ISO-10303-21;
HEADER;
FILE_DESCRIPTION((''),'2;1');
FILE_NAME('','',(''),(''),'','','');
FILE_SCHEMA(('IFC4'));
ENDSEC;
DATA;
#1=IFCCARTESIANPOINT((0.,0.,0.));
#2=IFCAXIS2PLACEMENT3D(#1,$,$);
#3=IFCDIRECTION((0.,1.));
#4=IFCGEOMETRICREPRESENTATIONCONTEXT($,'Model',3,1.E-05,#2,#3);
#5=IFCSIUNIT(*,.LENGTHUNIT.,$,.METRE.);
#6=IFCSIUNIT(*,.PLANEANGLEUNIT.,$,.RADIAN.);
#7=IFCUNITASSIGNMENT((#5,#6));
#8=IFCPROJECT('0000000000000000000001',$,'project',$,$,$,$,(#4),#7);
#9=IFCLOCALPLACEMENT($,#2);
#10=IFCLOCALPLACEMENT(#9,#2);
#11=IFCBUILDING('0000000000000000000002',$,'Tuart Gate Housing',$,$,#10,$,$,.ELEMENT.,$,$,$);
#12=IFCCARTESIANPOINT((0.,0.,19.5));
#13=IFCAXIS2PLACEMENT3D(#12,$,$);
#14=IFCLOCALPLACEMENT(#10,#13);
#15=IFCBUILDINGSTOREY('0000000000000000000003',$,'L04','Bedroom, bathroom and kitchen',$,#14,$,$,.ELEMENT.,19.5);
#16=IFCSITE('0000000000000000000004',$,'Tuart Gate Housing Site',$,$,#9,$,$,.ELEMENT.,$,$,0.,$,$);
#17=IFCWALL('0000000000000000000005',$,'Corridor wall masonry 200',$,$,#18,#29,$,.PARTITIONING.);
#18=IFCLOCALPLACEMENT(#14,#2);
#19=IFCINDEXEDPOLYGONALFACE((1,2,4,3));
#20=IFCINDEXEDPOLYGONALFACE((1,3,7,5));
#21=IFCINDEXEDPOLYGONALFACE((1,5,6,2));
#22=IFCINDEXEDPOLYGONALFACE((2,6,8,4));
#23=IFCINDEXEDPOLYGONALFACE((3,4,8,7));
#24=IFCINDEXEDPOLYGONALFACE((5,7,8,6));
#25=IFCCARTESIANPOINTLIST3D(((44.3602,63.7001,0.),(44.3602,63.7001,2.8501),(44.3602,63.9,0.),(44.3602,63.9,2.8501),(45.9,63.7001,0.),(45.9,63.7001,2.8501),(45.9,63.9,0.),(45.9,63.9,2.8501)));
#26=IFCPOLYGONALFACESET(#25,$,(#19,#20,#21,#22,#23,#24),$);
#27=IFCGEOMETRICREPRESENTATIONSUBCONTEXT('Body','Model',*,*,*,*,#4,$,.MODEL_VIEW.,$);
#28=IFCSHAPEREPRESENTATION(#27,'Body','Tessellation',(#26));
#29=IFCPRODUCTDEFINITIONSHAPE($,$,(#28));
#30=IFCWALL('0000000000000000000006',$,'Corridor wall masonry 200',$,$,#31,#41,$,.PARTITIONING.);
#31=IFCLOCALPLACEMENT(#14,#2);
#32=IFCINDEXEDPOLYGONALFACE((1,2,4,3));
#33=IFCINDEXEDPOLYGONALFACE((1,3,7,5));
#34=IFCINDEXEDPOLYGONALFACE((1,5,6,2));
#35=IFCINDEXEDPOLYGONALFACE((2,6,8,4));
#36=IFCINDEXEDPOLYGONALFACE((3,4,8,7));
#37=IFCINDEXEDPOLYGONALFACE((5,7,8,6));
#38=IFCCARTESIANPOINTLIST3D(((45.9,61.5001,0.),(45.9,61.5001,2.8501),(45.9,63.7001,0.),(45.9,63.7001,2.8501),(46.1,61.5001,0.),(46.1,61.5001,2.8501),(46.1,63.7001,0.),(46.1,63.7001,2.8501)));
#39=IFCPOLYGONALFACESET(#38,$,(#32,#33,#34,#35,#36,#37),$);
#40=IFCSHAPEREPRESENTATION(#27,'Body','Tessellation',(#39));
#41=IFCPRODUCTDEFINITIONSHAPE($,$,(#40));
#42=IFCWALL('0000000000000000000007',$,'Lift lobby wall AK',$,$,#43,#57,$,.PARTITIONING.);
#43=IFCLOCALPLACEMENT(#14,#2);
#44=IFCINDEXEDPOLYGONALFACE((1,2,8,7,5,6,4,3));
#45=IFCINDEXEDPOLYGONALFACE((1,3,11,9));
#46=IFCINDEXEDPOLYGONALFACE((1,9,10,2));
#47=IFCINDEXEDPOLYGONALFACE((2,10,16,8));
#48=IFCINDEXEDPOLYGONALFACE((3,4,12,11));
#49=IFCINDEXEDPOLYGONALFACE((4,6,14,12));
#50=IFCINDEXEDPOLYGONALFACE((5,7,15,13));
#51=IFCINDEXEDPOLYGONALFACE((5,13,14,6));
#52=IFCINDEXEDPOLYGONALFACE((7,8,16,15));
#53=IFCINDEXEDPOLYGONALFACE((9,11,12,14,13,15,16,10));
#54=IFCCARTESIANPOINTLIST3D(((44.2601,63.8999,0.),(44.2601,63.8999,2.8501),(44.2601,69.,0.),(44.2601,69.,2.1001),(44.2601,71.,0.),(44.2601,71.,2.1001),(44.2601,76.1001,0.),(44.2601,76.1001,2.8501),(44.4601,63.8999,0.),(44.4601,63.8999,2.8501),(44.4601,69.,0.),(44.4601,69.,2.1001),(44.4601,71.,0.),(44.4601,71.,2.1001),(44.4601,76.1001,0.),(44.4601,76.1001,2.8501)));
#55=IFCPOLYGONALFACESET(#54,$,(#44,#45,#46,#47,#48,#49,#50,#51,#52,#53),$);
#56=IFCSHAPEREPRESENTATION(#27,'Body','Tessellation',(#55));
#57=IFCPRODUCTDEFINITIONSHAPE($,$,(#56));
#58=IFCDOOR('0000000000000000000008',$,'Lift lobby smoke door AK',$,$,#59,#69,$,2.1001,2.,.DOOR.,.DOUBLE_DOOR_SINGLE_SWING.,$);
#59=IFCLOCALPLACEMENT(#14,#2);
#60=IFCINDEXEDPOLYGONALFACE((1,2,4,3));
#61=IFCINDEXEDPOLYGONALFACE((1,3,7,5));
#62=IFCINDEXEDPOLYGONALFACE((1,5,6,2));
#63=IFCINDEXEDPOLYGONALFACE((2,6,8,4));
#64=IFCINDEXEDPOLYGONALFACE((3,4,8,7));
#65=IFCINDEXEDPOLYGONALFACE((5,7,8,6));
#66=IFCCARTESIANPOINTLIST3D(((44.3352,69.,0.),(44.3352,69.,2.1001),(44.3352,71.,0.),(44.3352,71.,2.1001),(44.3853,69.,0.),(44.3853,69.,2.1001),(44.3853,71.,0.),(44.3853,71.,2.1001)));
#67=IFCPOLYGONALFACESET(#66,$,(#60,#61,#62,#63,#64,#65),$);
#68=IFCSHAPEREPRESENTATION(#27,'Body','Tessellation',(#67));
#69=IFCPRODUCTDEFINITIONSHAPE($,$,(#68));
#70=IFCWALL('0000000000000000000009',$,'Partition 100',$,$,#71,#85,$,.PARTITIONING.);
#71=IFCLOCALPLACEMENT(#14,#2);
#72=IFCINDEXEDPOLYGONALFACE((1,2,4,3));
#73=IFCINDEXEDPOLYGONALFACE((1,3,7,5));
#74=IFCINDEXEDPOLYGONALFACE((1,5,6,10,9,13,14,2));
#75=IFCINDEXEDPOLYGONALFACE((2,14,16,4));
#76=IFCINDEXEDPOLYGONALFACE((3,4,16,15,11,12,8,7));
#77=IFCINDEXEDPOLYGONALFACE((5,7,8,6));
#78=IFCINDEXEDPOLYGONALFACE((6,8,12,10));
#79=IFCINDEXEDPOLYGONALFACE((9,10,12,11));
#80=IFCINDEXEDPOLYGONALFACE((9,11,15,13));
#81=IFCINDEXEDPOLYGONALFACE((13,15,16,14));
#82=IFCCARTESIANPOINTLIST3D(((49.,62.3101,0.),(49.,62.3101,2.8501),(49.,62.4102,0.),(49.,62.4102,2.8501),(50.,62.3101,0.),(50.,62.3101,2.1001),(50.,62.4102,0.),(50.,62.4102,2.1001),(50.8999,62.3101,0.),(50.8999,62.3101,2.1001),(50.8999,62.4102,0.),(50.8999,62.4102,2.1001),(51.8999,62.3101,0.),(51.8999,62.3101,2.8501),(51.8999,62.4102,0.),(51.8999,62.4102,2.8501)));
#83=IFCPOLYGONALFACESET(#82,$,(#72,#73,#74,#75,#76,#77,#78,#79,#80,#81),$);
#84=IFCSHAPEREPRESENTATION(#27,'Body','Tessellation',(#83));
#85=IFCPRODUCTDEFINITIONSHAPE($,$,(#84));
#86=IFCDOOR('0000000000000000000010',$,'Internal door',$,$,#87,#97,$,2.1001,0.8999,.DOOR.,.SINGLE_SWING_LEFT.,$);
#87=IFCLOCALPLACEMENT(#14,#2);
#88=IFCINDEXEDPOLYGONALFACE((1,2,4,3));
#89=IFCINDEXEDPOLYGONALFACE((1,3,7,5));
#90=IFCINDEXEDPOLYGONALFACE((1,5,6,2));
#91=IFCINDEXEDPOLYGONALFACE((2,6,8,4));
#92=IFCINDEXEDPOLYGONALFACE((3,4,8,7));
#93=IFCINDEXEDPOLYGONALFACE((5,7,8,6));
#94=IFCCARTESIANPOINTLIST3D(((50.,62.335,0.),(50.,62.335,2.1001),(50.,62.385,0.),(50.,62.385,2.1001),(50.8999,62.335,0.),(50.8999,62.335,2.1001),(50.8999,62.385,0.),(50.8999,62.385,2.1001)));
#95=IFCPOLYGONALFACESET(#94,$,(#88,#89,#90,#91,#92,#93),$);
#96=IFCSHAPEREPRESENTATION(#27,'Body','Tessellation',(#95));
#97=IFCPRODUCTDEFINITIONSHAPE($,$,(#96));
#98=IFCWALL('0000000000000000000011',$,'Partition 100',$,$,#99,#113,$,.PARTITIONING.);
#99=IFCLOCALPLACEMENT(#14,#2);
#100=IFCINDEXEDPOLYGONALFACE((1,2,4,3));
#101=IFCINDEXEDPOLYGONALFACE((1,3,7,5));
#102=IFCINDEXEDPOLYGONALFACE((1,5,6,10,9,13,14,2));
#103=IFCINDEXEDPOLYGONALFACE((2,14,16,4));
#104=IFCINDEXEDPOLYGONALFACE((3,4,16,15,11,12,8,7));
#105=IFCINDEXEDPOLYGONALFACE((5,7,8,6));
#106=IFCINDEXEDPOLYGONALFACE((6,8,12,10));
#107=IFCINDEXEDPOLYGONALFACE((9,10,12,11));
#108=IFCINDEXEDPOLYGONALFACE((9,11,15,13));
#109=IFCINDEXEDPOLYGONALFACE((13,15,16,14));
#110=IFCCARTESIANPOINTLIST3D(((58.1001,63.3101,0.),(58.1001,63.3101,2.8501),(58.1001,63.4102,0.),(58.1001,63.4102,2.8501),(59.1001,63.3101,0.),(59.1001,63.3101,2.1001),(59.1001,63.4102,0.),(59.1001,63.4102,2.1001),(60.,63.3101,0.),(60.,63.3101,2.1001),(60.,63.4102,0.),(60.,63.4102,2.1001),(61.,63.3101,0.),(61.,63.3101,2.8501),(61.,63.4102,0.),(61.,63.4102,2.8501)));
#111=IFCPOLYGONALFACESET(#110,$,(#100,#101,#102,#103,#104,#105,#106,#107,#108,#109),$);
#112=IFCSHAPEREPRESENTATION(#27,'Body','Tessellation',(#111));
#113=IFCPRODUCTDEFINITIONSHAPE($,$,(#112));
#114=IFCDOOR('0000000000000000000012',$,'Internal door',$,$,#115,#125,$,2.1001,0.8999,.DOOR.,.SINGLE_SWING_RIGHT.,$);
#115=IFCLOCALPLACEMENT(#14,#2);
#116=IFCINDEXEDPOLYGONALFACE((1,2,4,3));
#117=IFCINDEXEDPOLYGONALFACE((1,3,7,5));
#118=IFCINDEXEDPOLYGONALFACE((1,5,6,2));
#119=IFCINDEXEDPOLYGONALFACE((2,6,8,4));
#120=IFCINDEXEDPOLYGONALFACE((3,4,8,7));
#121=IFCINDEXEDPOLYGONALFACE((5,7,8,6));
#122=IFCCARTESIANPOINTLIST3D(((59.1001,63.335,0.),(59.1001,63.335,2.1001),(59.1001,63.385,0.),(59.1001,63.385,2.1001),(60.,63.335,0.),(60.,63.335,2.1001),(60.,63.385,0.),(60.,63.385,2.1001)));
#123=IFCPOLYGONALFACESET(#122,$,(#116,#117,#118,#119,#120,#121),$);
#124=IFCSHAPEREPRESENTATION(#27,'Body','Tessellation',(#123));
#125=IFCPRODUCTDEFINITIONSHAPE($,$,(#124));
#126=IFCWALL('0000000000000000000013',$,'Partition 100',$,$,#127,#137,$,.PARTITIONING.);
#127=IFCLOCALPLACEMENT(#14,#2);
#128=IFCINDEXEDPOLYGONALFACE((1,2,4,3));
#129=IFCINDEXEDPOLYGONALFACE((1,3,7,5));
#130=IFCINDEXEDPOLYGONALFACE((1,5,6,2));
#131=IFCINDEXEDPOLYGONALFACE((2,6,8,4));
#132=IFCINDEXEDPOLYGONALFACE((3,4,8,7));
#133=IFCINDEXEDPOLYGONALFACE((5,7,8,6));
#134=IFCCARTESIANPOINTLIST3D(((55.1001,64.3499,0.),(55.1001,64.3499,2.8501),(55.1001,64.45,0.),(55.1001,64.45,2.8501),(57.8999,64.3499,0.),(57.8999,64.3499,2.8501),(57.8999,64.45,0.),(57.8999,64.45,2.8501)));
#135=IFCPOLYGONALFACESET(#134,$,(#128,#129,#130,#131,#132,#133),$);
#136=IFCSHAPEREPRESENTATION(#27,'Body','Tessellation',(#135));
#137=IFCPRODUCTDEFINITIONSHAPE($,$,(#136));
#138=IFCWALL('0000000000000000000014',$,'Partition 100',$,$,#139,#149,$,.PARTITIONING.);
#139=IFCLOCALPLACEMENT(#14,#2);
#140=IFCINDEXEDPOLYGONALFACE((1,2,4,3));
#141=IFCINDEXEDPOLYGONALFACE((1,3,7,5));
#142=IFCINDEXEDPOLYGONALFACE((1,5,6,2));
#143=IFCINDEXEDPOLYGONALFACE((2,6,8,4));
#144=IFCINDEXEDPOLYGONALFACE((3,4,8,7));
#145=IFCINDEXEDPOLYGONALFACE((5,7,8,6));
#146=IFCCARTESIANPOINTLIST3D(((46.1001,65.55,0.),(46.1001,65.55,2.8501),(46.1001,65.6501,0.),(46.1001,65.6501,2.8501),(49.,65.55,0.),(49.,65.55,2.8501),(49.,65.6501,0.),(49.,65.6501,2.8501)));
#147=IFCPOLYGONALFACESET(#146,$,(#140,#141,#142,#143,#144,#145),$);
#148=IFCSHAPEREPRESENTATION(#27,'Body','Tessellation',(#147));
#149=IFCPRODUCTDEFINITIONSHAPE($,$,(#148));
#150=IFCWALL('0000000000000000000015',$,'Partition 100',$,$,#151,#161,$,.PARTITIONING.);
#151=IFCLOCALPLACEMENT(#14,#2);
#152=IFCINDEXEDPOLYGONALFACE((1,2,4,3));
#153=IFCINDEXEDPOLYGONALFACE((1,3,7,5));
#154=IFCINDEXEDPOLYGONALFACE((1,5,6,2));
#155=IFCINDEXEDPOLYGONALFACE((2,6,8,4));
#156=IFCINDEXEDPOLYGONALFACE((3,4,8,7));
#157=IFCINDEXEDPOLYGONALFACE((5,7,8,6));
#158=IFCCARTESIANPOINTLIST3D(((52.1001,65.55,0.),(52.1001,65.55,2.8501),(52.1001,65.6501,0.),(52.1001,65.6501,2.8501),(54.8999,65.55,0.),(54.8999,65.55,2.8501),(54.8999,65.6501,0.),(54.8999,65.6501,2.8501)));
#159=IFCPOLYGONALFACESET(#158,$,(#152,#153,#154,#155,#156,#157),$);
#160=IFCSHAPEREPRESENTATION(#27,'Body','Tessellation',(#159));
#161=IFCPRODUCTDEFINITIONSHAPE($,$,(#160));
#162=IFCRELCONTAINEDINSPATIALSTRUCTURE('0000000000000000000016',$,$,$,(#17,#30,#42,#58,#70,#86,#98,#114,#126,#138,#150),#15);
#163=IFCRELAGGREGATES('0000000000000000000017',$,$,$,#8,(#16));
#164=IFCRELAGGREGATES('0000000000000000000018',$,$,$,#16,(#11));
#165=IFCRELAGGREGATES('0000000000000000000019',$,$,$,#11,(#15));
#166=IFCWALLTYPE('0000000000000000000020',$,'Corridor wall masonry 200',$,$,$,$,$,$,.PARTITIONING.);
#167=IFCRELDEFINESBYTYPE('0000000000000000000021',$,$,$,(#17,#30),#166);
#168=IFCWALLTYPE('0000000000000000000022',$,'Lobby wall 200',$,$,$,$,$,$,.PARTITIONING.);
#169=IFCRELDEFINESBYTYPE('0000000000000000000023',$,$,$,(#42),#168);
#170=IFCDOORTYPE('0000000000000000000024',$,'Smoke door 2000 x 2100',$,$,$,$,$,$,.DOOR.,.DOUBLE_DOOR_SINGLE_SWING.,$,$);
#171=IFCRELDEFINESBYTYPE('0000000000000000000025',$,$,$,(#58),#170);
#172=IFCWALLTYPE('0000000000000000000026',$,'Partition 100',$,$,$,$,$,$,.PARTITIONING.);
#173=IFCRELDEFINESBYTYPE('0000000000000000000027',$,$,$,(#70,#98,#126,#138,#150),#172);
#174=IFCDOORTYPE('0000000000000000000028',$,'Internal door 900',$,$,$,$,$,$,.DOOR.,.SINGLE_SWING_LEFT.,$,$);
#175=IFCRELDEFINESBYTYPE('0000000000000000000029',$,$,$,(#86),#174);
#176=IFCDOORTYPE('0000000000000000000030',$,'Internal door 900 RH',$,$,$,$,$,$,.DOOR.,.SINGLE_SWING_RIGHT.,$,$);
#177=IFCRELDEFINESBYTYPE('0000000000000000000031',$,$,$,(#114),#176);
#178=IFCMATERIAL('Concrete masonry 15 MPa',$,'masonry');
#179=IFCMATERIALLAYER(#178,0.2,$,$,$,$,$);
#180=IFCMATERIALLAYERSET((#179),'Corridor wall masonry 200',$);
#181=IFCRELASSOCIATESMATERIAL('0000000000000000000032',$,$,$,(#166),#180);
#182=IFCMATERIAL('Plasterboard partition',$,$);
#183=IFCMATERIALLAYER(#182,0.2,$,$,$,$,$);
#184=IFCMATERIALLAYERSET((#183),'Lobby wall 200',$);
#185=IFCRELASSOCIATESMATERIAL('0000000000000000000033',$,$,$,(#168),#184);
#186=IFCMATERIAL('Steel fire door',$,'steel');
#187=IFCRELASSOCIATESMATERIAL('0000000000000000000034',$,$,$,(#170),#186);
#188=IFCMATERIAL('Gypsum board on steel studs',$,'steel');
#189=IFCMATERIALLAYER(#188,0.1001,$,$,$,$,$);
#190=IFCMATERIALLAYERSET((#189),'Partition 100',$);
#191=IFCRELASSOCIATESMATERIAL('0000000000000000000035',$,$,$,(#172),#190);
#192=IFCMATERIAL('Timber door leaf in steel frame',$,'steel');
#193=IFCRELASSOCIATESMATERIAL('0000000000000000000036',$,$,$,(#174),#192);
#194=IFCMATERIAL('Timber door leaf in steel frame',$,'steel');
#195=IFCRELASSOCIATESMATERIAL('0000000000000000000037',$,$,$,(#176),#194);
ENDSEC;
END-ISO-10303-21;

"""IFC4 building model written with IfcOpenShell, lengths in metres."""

from ifc_helpers import new_model, si_unit, direction, frame, frame_2d, origin, place, context, subcontext, project, spatial, rectangle, extrude, material, layer, layer_set, type_object, element, fill, save


model = new_model("IFC4")

# Units and contexts
model_context = context("Model", 3, precision=1e-05, world=origin(), true_north=direction((0.0, 1.0)))
body_context = subcontext(model_context, "Body", "Model", "MODEL_VIEW")
ifc_project = project(units=[si_unit("LENGTHUNIT", "METRE"), si_unit("PLANEANGLEUNIT", "RADIAN")], contexts=[model_context])

# Site, building, storey
site_placement = place(None, origin())
site = spatial("IfcSite", under=ifc_project, at=site_placement, Name="Tuart Gate Housing Site", CompositionType="ELEMENT", RefElevation=0.0)
building_placement = place(site_placement, origin())
building = spatial("IfcBuilding", under=site, at=building_placement, Name="Tuart Gate Housing", CompositionType="ELEMENT")
storey_placement = place(building_placement, frame((0.0, 0.0, 19.5)))
storey = spatial("IfcBuildingStorey", under=building, at=storey_placement, Name="L04", Description="Bedroom, bathroom and kitchen", CompositionType="ELEMENT", Elevation=19.5)

# Walls
ifc_material_1 = material(Name="Concrete masonry 15 MPa", Category="masonry")
ifc_layer_1 = layer(ifc_material_1, 0.2)
ifc_layer_set_1 = layer_set([ifc_layer_1], Name="Corridor wall masonry 200")
wall_type_1 = type_object("IfcWallType", Name="Corridor wall masonry 200", PredefinedType="PARTITIONING", material=ifc_layer_set_1)
wall_1_placement = place(storey_placement, frame((44.3601, 63.8, 0.0), z_axis=(0.0, 0.0, 1.0), x_axis=(1.0, 0.0, 0.0)))
element("IfcWall", 1, at=wall_1_placement, inside=storey, type_object=wall_type_1, Name="Corridor wall masonry 200", PredefinedType="PARTITIONING", context=body_context, shape_type="SweptSolid", body=[
    extrude(rectangle(XDim=1.5398, YDim=0.2, at=frame_2d((0.77, 0.0))), origin(), (0.0, 0.0, 1.0), 2.8501),
])
wall_2_placement = place(storey_placement, frame((46.0, 61.5, 0.0), z_axis=(0.0, 0.0, 1.0), x_axis=(0.0, 1.0, 0.0)))
element("IfcWall", 2, at=wall_2_placement, inside=storey, type_object=wall_type_1, Name="Corridor wall masonry 200", PredefinedType="PARTITIONING", context=body_context, shape_type="SweptSolid", body=[
    extrude(rectangle(XDim=2.2, YDim=0.2, at=frame_2d((1.1001, 0.0))), origin(), (0.0, 0.0, 1.0), 2.8501),
])

# Walls, openings, doors
ifc_material_2 = material(Name="Plasterboard partition")
ifc_layer_2 = layer(ifc_material_2, 0.2)
ifc_layer_set_2 = layer_set([ifc_layer_2], Name="Lobby wall 200")
wall_type_2 = type_object("IfcWallType", Name="Lobby wall 200", PredefinedType="PARTITIONING", material=ifc_layer_set_2)
wall_3_placement = place(storey_placement, frame((44.3601, 63.8999, 0.0), z_axis=(0.0, 0.0, 1.0), x_axis=(0.0, 1.0, 0.0)))
wall_3 = element("IfcWall", 3, at=wall_3_placement, inside=storey, type_object=wall_type_2, Name="Lift lobby wall AK", PredefinedType="PARTITIONING", context=body_context, shape_type="SweptSolid", body=[
    extrude(rectangle(XDim=12.2002, YDim=0.2, at=frame_2d((6.1001, 0.0))), origin(), (0.0, 0.0, 1.0), 2.8501),
])
opening_1_placement = place(wall_3_placement, frame((5.1001, 0.0, 0.0)))
opening_1 = element("IfcOpeningElement", 4, at=opening_1_placement, cuts=wall_3, PredefinedType="OPENING", context=body_context, shape_type="SweptSolid", body=[
    extrude(rectangle(XDim=2.0, YDim=2.1001, at=frame_2d((1.0, 1.05))), frame((0.0, 0.1099, 0.0), z_axis=(0.0, -1.0, 0.0), x_axis=(1.0, 0.0, 0.0)), (0.0, 0.0, 1.0), 0.22),
])
ifc_material_3 = material(Name="Steel fire door", Category="steel")
door_type_1 = type_object("IfcDoorType", Name="Smoke door 2000 x 2100", OperationType="DOUBLE_DOOR_SINGLE_SWING", PredefinedType="DOOR", material=ifc_material_3)
door_1_placement = place(opening_1_placement, origin())
door_1 = element("IfcDoor", 5, at=door_1_placement, inside=storey, type_object=door_type_1, Name="Lift lobby smoke door AK", OperationType="DOUBLE_DOOR_SINGLE_SWING", OverallHeight=2.1001, OverallWidth=2.0, PredefinedType="DOOR", context=body_context, shape_type="SweptSolid", body=[
    extrude(rectangle(XDim=2.0, YDim=2.1001, at=frame_2d((1.0, 1.05))), frame((0.0, 0.0249, 0.0), z_axis=(0.0, -1.0, 0.0), x_axis=(1.0, 0.0, 0.0)), (0.0, 0.0, 1.0), 0.05),
])
fill(opening_1, door_1)
ifc_material_4 = material(Name="Gypsum board on steel studs", Category="steel")
ifc_layer_3 = layer(ifc_material_4, 0.1001)
ifc_layer_set_3 = layer_set([ifc_layer_3], Name="Partition 100")
wall_type_3 = type_object("IfcWallType", Name="Partition 100", PredefinedType="PARTITIONING", material=ifc_layer_set_3)
wall_4_placement = place(storey_placement, frame((49.0, 62.3601, 0.0), z_axis=(0.0, 0.0, 1.0), x_axis=(1.0, 0.0, 0.0)))
wall_4 = element("IfcWall", 6, at=wall_4_placement, inside=storey, type_object=wall_type_3, Name="Partition 100", PredefinedType="PARTITIONING", context=body_context, shape_type="SweptSolid", body=[
    extrude(rectangle(XDim=2.8999, YDim=0.1001, at=frame_2d((1.45, 0.0))), origin(), (0.0, 0.0, 1.0), 2.8501),
])
opening_2_placement = place(wall_4_placement, frame((1.0, 0.0, 0.0)))
opening_2 = element("IfcOpeningElement", 7, at=opening_2_placement, cuts=wall_4, PredefinedType="OPENING", context=body_context, shape_type="SweptSolid", body=[
    extrude(rectangle(XDim=0.8999, YDim=2.1001, at=frame_2d((0.45, 1.05))), frame((0.0, 0.0601, 0.0), z_axis=(0.0, -1.0, 0.0), x_axis=(1.0, 0.0, 0.0)), (0.0, 0.0, 1.0), 0.1201),
])
ifc_material_5 = material(Name="Timber door leaf in steel frame", Category="steel")
door_type_2 = type_object("IfcDoorType", Name="Internal door 900", OperationType="SINGLE_SWING_LEFT", PredefinedType="DOOR", material=ifc_material_5)
door_2_placement = place(opening_2_placement, origin())
door_2 = element("IfcDoor", 8, at=door_2_placement, inside=storey, type_object=door_type_2, Name="Internal door", OperationType="SINGLE_SWING_LEFT", OverallHeight=2.1001, OverallWidth=0.8999, PredefinedType="DOOR", context=body_context, shape_type="SweptSolid", body=[
    extrude(rectangle(XDim=0.8999, YDim=2.1001, at=frame_2d((0.45, 1.05))), frame((0.0, 0.0249, 0.0), z_axis=(0.0, -1.0, 0.0), x_axis=(1.0, 0.0, 0.0)), (0.0, 0.0, 1.0), 0.05),
])
fill(opening_2, door_2)
wall_5_placement = place(storey_placement, frame((58.1001, 63.3601, 0.0), z_axis=(0.0, 0.0, 1.0), x_axis=(1.0, 0.0, 0.0)))
wall_5 = element("IfcWall", 9, at=wall_5_placement, inside=storey, type_object=wall_type_3, Name="Partition 100", PredefinedType="PARTITIONING", context=body_context, shape_type="SweptSolid", body=[
    extrude(rectangle(XDim=2.8999, YDim=0.1001, at=frame_2d((1.45, 0.0))), origin(), (0.0, 0.0, 1.0), 2.8501),
])
opening_3_placement = place(wall_5_placement, frame((1.0, 0.0, 0.0)))
opening_3 = element("IfcOpeningElement", 10, at=opening_3_placement, cuts=wall_5, PredefinedType="OPENING", context=body_context, shape_type="SweptSolid", body=[
    extrude(rectangle(XDim=0.8999, YDim=2.1001, at=frame_2d((0.45, 1.05))), frame((0.0, 0.0601, 0.0), z_axis=(0.0, -1.0, 0.0), x_axis=(1.0, 0.0, 0.0)), (0.0, 0.0, 1.0), 0.1201),
])
ifc_material_6 = material(Name="Timber door leaf in steel frame", Category="steel")
door_type_3 = type_object("IfcDoorType", Name="Internal door 900 RH", OperationType="SINGLE_SWING_RIGHT", PredefinedType="DOOR", material=ifc_material_6)
door_3_placement = place(opening_3_placement, origin())
door_3 = element("IfcDoor", 11, at=door_3_placement, inside=storey, type_object=door_type_3, Name="Internal door", OperationType="SINGLE_SWING_RIGHT", OverallHeight=2.1001, OverallWidth=0.8999, PredefinedType="DOOR", context=body_context, shape_type="SweptSolid", body=[
    extrude(rectangle(XDim=0.8999, YDim=2.1001, at=frame_2d((0.45, 1.05))), frame((0.0, 0.0249, 0.0), z_axis=(0.0, -1.0, 0.0), x_axis=(1.0, 0.0, 0.0)), (0.0, 0.0, 1.0), 0.05),
])
fill(opening_3, door_3)

# Walls
wall_6_placement = place(storey_placement, frame((55.1001, 64.3999, 0.0), z_axis=(0.0, 0.0, 1.0), x_axis=(1.0, 0.0, 0.0)))
element("IfcWall", 12, at=wall_6_placement, inside=storey, type_object=wall_type_3, Name="Partition 100", PredefinedType="PARTITIONING", context=body_context, shape_type="SweptSolid", body=[
    extrude(rectangle(XDim=2.7998, YDim=0.1001, at=frame_2d((1.3999, 0.0))), origin(), (0.0, 0.0, 1.0), 2.8501),
])
wall_7_placement = place(storey_placement, frame((46.1001, 65.6001, 0.0), z_axis=(0.0, 0.0, 1.0), x_axis=(1.0, 0.0, 0.0)))
element("IfcWall", 13, at=wall_7_placement, inside=storey, type_object=wall_type_3, Name="Partition 100", PredefinedType="PARTITIONING", context=body_context, shape_type="SweptSolid", body=[
    extrude(rectangle(XDim=2.8999, YDim=0.1001, at=frame_2d((1.45, 0.0))), origin(), (0.0, 0.0, 1.0), 2.8501),
])
wall_8_placement = place(storey_placement, frame((52.1001, 65.6001, 0.0), z_axis=(0.0, 0.0, 1.0), x_axis=(1.0, 0.0, 0.0)))
element("IfcWall", 14, at=wall_8_placement, inside=storey, type_object=wall_type_3, Name="Partition 100", PredefinedType="PARTITIONING", context=body_context, shape_type="SweptSolid", body=[
    extrude(rectangle(XDim=2.7998, YDim=0.1001, at=frame_2d((1.3999, 0.0))), origin(), (0.0, 0.0, 1.0), 2.8501),
])

save(model, "model.ifc")
